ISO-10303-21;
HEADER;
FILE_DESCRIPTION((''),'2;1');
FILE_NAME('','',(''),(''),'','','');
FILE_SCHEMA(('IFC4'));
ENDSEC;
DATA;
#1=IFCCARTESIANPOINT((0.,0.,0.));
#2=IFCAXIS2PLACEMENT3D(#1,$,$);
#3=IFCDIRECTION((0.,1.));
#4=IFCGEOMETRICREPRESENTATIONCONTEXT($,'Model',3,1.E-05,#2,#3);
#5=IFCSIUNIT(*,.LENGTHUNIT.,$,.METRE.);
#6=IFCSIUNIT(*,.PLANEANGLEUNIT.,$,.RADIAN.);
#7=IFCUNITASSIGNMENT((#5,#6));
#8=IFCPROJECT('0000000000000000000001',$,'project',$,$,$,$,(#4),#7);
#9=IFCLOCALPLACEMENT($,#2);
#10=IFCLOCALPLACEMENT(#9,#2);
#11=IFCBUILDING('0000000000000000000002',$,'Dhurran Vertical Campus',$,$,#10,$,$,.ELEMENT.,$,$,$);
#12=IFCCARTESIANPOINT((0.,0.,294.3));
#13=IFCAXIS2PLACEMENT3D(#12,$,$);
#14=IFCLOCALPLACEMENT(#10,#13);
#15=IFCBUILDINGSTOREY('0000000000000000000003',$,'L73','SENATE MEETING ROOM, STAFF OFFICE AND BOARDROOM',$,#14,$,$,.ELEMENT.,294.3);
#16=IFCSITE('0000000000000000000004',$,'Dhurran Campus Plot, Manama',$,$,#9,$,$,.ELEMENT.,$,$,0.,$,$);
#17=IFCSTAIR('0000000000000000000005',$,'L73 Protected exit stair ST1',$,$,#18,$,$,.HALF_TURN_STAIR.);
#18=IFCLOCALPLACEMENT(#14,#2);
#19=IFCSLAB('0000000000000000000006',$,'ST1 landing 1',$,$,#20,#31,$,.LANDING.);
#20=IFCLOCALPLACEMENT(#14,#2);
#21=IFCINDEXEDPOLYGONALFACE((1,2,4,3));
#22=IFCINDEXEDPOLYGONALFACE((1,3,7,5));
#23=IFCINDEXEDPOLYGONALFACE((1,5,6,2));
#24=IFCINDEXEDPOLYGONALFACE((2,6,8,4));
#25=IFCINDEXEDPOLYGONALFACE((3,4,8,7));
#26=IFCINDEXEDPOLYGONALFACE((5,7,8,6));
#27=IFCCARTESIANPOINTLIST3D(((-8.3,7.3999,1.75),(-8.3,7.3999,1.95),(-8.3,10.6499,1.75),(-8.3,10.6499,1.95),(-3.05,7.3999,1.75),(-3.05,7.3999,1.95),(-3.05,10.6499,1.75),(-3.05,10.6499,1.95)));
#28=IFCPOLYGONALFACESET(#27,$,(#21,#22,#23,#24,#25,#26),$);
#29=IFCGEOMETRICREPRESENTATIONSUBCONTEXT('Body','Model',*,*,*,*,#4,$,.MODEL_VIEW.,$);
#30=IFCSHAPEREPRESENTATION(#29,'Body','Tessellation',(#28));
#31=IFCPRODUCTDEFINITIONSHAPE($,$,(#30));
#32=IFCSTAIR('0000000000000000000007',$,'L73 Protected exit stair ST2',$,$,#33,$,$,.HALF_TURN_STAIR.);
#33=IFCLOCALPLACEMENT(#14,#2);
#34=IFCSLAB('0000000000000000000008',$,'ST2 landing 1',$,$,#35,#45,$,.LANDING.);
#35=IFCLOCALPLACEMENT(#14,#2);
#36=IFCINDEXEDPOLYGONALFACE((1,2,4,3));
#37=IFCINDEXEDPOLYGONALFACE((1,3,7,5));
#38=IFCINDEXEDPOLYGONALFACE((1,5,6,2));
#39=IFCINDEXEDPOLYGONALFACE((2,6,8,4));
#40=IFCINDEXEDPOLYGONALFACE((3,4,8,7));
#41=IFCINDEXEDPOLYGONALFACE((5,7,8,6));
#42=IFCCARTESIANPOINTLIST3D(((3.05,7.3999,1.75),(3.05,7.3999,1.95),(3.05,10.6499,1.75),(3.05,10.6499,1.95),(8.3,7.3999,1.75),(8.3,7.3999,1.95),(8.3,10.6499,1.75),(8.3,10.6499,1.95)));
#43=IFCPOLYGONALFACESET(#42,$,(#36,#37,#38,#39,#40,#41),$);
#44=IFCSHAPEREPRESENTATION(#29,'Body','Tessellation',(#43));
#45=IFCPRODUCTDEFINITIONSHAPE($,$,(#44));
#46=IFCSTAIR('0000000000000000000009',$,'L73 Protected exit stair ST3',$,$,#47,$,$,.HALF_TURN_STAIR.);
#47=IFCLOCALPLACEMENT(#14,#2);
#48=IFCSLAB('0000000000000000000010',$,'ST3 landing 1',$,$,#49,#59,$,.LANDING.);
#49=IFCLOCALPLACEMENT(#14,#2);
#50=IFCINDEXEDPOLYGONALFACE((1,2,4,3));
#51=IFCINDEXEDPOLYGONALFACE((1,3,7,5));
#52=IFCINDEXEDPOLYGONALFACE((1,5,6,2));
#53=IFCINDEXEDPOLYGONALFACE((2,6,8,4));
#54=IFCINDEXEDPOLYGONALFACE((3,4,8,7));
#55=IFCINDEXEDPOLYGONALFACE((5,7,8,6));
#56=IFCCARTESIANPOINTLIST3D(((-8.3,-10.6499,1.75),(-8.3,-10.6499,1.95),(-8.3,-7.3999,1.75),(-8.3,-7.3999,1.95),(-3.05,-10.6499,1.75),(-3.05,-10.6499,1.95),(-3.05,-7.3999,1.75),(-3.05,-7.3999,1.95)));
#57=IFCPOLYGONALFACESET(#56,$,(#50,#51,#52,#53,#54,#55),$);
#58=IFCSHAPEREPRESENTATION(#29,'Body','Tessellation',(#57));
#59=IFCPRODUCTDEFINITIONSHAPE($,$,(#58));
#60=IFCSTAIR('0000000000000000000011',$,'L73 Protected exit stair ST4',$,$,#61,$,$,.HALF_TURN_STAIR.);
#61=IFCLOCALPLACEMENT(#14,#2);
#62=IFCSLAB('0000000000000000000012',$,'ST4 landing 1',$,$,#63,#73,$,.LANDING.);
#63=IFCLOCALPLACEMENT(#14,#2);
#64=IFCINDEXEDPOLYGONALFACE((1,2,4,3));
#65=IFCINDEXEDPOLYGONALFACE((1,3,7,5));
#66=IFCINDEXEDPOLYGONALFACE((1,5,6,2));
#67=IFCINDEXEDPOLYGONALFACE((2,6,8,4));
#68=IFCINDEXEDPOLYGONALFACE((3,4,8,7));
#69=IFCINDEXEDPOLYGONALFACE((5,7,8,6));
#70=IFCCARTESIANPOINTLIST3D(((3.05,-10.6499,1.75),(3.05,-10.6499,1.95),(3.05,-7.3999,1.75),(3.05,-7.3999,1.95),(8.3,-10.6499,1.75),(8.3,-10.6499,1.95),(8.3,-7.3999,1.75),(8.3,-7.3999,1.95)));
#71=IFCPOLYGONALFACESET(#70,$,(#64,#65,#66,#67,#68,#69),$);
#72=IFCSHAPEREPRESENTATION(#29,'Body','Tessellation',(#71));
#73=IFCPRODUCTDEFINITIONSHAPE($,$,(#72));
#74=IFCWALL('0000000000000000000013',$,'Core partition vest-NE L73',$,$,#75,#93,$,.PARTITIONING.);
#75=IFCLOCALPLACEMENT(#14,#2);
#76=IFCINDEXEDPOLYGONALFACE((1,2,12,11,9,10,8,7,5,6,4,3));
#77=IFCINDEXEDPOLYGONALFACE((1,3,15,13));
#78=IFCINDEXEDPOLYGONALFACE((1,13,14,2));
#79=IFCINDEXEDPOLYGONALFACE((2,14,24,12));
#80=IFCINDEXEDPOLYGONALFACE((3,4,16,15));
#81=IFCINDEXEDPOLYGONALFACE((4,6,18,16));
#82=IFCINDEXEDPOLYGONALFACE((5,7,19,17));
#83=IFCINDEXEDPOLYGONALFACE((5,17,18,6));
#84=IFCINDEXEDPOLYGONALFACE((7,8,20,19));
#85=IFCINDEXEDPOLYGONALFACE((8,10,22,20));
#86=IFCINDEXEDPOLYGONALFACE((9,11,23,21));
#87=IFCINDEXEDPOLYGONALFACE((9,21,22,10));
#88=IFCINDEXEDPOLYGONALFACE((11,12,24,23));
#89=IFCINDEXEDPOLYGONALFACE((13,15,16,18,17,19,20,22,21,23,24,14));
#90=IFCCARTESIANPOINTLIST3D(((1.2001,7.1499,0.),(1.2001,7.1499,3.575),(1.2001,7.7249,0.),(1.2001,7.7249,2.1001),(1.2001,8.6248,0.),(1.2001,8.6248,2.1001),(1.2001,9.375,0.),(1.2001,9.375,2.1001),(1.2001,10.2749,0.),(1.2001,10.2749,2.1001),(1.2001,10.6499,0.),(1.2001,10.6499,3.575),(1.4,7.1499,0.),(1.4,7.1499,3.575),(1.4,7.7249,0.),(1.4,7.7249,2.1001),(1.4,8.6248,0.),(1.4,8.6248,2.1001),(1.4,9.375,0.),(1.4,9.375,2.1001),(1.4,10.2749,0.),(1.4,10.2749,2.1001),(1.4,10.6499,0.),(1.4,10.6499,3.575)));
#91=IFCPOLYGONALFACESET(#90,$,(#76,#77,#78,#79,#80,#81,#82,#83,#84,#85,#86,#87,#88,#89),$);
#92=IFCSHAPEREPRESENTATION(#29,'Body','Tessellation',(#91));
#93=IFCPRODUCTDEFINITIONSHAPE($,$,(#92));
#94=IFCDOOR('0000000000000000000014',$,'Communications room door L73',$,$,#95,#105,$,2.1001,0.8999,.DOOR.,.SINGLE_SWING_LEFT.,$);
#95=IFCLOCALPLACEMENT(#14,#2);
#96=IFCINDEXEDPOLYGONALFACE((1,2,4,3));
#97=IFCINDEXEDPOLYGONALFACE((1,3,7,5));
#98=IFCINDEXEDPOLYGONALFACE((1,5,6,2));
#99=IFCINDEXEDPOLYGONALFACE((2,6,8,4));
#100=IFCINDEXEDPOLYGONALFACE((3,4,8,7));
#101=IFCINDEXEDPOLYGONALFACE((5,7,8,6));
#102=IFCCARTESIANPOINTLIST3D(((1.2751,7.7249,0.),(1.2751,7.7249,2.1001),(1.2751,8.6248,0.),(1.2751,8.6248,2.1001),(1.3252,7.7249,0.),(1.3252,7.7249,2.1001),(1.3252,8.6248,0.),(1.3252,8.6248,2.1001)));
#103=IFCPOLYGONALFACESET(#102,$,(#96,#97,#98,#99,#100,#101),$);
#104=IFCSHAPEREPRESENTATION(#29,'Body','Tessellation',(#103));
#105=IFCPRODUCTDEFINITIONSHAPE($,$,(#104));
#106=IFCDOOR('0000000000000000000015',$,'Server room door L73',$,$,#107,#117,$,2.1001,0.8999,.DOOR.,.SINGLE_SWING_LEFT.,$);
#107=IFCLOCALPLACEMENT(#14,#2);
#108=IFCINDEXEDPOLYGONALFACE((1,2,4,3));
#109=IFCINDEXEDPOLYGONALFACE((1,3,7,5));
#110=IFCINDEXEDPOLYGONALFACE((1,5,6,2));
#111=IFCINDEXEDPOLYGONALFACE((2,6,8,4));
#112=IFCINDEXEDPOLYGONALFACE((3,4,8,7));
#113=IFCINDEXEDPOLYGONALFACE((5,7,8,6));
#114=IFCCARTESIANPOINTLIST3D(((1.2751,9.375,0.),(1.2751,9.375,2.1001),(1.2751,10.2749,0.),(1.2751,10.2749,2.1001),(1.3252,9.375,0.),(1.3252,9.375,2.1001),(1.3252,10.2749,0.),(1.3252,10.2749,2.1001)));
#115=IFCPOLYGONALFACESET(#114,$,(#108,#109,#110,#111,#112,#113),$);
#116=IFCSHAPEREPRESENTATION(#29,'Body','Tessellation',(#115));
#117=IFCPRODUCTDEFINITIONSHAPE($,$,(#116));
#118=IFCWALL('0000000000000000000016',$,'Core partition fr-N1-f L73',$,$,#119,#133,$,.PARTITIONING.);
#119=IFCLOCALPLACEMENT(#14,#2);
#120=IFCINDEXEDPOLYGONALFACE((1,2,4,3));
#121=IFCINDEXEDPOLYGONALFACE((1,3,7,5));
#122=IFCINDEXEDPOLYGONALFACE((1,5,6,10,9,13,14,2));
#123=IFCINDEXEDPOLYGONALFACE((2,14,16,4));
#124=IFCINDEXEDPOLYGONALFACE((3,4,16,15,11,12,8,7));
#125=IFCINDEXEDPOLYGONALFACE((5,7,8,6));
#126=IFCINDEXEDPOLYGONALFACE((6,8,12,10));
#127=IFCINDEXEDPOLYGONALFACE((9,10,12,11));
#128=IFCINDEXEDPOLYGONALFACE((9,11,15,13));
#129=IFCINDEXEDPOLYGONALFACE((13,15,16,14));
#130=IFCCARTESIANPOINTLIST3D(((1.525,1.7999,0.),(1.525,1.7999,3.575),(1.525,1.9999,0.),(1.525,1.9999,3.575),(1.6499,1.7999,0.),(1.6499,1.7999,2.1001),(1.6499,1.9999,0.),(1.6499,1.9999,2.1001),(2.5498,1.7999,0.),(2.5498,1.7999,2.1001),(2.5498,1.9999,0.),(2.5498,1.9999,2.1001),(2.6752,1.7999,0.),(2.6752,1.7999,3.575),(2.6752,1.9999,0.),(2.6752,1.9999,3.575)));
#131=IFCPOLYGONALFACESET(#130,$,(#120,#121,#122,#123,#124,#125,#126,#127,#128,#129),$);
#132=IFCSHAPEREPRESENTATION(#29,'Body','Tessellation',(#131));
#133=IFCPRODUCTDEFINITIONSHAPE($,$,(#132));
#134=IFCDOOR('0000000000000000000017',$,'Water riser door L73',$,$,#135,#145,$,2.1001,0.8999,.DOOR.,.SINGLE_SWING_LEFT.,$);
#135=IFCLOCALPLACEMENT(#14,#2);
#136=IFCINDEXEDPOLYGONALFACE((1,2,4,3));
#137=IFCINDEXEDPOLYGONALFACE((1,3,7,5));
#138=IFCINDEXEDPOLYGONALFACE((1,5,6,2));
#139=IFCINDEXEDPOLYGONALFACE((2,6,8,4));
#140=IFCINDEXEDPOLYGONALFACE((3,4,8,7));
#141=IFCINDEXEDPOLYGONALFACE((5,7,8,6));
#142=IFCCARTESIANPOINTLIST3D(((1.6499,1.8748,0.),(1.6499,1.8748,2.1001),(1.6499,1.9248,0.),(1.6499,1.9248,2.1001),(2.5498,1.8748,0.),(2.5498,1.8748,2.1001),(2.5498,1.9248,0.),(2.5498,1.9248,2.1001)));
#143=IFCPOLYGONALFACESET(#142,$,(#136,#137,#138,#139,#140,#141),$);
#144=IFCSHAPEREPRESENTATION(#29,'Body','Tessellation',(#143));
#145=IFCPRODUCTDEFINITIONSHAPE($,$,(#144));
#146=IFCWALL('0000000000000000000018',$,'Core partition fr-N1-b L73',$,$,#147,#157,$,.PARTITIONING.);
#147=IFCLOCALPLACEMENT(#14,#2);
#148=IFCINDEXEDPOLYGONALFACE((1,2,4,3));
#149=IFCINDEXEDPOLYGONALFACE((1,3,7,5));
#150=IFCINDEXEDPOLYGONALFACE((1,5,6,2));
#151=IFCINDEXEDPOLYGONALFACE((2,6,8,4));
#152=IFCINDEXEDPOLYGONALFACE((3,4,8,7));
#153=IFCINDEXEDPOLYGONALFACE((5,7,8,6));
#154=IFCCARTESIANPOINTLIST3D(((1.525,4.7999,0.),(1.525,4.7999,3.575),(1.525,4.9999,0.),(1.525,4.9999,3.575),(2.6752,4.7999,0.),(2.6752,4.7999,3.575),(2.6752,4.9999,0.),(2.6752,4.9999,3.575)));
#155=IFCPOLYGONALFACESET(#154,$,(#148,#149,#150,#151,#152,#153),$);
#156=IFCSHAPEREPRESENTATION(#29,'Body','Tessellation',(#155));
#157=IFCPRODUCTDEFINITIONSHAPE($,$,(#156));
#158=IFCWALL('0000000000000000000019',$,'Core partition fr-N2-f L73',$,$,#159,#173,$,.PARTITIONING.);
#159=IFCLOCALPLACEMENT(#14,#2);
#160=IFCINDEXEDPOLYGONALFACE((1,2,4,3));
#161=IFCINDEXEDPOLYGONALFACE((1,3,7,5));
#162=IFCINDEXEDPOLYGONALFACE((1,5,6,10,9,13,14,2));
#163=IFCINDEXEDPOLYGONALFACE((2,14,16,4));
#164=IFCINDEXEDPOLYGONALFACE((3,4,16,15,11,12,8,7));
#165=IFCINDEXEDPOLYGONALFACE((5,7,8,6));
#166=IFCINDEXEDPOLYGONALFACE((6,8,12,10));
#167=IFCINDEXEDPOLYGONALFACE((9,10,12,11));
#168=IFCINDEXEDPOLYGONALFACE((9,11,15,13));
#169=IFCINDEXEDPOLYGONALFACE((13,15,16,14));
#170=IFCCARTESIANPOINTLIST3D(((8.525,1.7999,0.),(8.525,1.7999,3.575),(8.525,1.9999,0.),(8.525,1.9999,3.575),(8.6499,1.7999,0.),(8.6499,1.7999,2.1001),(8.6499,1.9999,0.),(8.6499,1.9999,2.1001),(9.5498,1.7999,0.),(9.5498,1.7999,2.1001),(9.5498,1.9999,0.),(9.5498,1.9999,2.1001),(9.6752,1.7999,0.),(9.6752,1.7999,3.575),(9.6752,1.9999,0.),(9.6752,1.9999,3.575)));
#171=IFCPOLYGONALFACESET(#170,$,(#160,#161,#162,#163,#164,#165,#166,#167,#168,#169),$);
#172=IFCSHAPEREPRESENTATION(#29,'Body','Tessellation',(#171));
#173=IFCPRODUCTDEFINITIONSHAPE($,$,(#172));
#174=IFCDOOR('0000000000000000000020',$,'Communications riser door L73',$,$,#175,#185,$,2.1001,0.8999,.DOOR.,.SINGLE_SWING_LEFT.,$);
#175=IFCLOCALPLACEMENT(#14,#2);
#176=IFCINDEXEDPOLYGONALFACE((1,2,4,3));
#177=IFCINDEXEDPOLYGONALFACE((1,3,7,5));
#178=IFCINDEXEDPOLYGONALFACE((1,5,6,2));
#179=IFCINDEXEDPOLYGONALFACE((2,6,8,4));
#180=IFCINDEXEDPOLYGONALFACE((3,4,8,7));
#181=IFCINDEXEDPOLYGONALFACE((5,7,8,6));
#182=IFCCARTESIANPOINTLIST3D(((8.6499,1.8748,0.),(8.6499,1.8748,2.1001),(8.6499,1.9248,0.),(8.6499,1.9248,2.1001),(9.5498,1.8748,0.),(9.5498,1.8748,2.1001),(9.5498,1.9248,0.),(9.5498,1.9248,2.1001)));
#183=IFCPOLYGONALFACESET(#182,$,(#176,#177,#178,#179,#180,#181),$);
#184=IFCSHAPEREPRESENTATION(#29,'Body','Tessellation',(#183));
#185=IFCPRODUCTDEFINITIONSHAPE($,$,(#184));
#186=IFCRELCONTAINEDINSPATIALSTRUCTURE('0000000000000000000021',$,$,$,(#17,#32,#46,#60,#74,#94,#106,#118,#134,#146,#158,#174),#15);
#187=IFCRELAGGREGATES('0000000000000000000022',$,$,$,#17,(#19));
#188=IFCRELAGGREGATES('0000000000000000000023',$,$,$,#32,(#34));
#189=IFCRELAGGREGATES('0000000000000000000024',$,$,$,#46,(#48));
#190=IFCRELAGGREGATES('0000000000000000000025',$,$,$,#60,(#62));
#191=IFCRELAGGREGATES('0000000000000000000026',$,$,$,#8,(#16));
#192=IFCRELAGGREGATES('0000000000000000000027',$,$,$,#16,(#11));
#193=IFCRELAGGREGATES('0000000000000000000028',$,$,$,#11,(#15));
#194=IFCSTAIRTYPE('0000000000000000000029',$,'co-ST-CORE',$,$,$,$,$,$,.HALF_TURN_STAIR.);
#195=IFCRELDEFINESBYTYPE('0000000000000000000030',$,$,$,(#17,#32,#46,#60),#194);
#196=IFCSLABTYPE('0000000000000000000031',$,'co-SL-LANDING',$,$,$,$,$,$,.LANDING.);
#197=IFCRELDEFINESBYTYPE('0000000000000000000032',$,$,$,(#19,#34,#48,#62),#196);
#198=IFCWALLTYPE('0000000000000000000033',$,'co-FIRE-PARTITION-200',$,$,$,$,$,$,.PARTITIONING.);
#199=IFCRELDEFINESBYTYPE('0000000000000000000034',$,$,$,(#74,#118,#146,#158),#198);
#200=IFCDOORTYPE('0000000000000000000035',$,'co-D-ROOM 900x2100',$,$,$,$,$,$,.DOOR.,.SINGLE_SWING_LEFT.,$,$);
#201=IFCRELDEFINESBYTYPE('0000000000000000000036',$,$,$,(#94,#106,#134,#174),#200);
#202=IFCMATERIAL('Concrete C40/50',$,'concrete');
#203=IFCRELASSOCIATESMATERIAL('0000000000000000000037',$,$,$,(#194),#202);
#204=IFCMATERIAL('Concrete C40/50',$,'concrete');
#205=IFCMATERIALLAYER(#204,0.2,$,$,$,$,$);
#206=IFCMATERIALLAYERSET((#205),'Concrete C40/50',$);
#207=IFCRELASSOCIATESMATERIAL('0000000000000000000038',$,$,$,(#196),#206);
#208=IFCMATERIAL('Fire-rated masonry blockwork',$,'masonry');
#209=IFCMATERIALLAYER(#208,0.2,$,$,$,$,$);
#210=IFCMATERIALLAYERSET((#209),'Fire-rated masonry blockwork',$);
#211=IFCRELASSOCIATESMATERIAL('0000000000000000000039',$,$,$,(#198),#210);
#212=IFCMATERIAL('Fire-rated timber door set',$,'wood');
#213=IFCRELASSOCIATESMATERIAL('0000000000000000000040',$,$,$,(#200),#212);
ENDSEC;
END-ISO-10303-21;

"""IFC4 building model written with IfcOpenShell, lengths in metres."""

from ifc_helpers import new_model, si_unit, direction, frame, frame_2d, origin, place, context, subcontext, project, spatial, polyline, rectangle, outline, extrude, material, layer, layer_set, type_object, element, fill, aggregate, save


model = new_model("IFC4")

# Units and contexts
model_context = context("Model", 3, precision=1e-05, world=origin(), true_north=direction((0.0, 1.0)))
body_context = subcontext(model_context, "Body", "Model", "MODEL_VIEW")
ifc_project = project(units=[si_unit("LENGTHUNIT", "METRE"), si_unit("PLANEANGLEUNIT", "RADIAN")], contexts=[model_context])

# Site, building, storey
site_placement = place(None, origin())
site = spatial("IfcSite", under=ifc_project, at=site_placement, Name="Dhurran Campus Plot, Manama", CompositionType="ELEMENT", RefElevation=0.0)
building_placement = place(site_placement, origin())
building = spatial("IfcBuilding", under=site, at=building_placement, Name="Dhurran Vertical Campus", CompositionType="ELEMENT")
storey_placement = place(building_placement, frame((0.0, 0.0, 294.3)))
storey = spatial("IfcBuildingStorey", under=building, at=storey_placement, Name="L73", Description="SENATE MEETING ROOM, STAFF OFFICE AND BOARDROOM", CompositionType="ELEMENT", Elevation=294.3)

# Stairs, slabs
ifc_material_1 = material(Name="Concrete C40/50", Category="concrete")
stair_type = type_object("IfcStairType", Name="co-ST-CORE", PredefinedType="HALF_TURN_STAIR", material=ifc_material_1)
stair_1_placement = place(storey_placement, origin())
stair_1 = element("IfcStair", 1, at=stair_1_placement, inside=storey, type_object=stair_type, Name="L73 Protected exit stair ST1", PredefinedType="HALF_TURN_STAIR")
ifc_material_2 = material(Name="Concrete C40/50", Category="concrete")
ifc_layer_1 = layer(ifc_material_2, 0.2)
ifc_layer_set_1 = layer_set([ifc_layer_1], Name="Concrete C40/50")
slab_type = type_object("IfcSlabType", Name="co-SL-LANDING", PredefinedType="LANDING", material=ifc_layer_set_1)
slab_1_placement = place(storey_placement, frame((0.0, 0.0, 1.75)))
slab_1 = element("IfcSlab", 2, at=slab_1_placement, type_object=slab_type, Name="ST1 landing 1", PredefinedType="LANDING", context=body_context, shape_type="SweptSolid", body=[
    extrude(outline(polyline([(-8.3, 7.3999), (-3.05, 7.3999), (-3.05, 10.6499), (-8.3, 10.6499), (-8.3, 7.3999)])), origin(), (0.0, 0.0, 1.0), 0.2),
])
aggregate(stair_1, [slab_1])
stair_2_placement = place(storey_placement, origin())
stair_2 = element("IfcStair", 3, at=stair_2_placement, inside=storey, type_object=stair_type, Name="L73 Protected exit stair ST2", PredefinedType="HALF_TURN_STAIR")
slab_2_placement = place(storey_placement, frame((0.0, 0.0, 1.75)))
slab_2 = element("IfcSlab", 4, at=slab_2_placement, type_object=slab_type, Name="ST2 landing 1", PredefinedType="LANDING", context=body_context, shape_type="SweptSolid", body=[
    extrude(outline(polyline([(8.3, 10.6499), (3.05, 10.6499), (3.05, 7.3999), (8.3, 7.3999), (8.3, 10.6499)])), origin(), (0.0, 0.0, 1.0), 0.2),
])
aggregate(stair_2, [slab_2])
stair_3_placement = place(storey_placement, origin())
stair_3 = element("IfcStair", 5, at=stair_3_placement, inside=storey, type_object=stair_type, Name="L73 Protected exit stair ST3", PredefinedType="HALF_TURN_STAIR")
slab_3_placement = place(storey_placement, frame((0.0, 0.0, 1.75)))
slab_3 = element("IfcSlab", 6, at=slab_3_placement, type_object=slab_type, Name="ST3 landing 1", PredefinedType="LANDING", context=body_context, shape_type="SweptSolid", body=[
    extrude(outline(polyline([(-8.3, -10.6499), (-3.05, -10.6499), (-3.05, -7.3999), (-8.3, -7.3999), (-8.3, -10.6499)])), origin(), (0.0, 0.0, 1.0), 0.2),
])
aggregate(stair_3, [slab_3])
stair_4_placement = place(storey_placement, origin())
stair_4 = element("IfcStair", 7, at=stair_4_placement, inside=storey, type_object=stair_type, Name="L73 Protected exit stair ST4", PredefinedType="HALF_TURN_STAIR")
slab_4_placement = place(storey_placement, frame((0.0, 0.0, 1.75)))
slab_4 = element("IfcSlab", 8, at=slab_4_placement, type_object=slab_type, Name="ST4 landing 1", PredefinedType="LANDING", context=body_context, shape_type="SweptSolid", body=[
    extrude(outline(polyline([(8.3, -7.3999), (3.05, -7.3999), (3.05, -10.6499), (8.3, -10.6499), (8.3, -7.3999)])), origin(), (0.0, 0.0, 1.0), 0.2),
])
aggregate(stair_4, [slab_4])

# Wall, openings, doors
ifc_material_3 = material(Name="Fire-rated masonry blockwork", Category="masonry")
ifc_layer_2 = layer(ifc_material_3, 0.2)
ifc_layer_set_2 = layer_set([ifc_layer_2], Name="Fire-rated masonry blockwork")
wall_type_1 = type_object("IfcWallType", Name="co-FIRE-PARTITION-200", PredefinedType="PARTITIONING", material=ifc_layer_set_2)
wall_1_placement = place(storey_placement, frame((1.3, 7.1499, 0.0), z_axis=(0.0, 0.0, 1.0), x_axis=(0.0, 1.0, 0.0)))
wall_1 = element("IfcWall", 9, at=wall_1_placement, inside=storey, type_object=wall_type_1, Name="Core partition vest-NE L73", PredefinedType="PARTITIONING", context=body_context, shape_type="SweptSolid", body=[
    extrude(rectangle(XDim=3.5, YDim=0.2, at=frame_2d((1.75, 0.0))), origin(), (0.0, 0.0, 1.0), 3.575),
])
opening_1_placement = place(wall_1_placement, frame((0.575, 0.0, 0.0)))
opening_1 = element("IfcOpeningElement", 10, at=opening_1_placement, cuts=wall_1, PredefinedType="OPENING", context=body_context, shape_type="SweptSolid", body=[
    extrude(rectangle(XDim=0.8999, YDim=2.1001, at=frame_2d((0.45, 1.05))), frame((0.0, 0.1099, 0.0), z_axis=(0.0, -1.0, 0.0), x_axis=(1.0, 0.0, 0.0)), (0.0, 0.0, 1.0), 0.22),
])
opening_2_placement = place(wall_1_placement, frame((2.2251, 0.0, 0.0)))
opening_2 = element("IfcOpeningElement", 11, at=opening_2_placement, cuts=wall_1, PredefinedType="OPENING", context=body_context, shape_type="SweptSolid", body=[
    extrude(rectangle(XDim=0.8999, YDim=2.1001, at=frame_2d((0.45, 1.05))), frame((0.0, 0.1099, 0.0), z_axis=(0.0, -1.0, 0.0), x_axis=(1.0, 0.0, 0.0)), (0.0, 0.0, 1.0), 0.22),
])
ifc_material_4 = material(Name="Fire-rated timber door set", Category="wood")
door_type_1 = type_object("IfcDoorType", Name="co-D-ROOM 900x2100", OperationType="SINGLE_SWING_LEFT", PredefinedType="DOOR", material=ifc_material_4)
door_1_placement = place(opening_1_placement, origin())
door_1 = element("IfcDoor", 12, at=door_1_placement, inside=storey, type_object=door_type_1, Name="Communications room door L73", OperationType="SINGLE_SWING_LEFT", OverallHeight=2.1001, OverallWidth=0.8999, PredefinedType="DOOR", context=body_context, shape_type="SweptSolid", body=[
    extrude(rectangle(XDim=0.8999, YDim=2.1001, at=frame_2d((0.45, 1.05))), frame((0.0, 0.0249, 0.0), z_axis=(0.0, -1.0, 0.0), x_axis=(1.0, 0.0, 0.0)), (0.0, 0.0, 1.0), 0.05),
])
fill(opening_1, door_1)
door_2_placement = place(opening_2_placement, origin())
door_2 = element("IfcDoor", 13, at=door_2_placement, inside=storey, type_object=door_type_1, Name="Server room door L73", OperationType="SINGLE_SWING_LEFT", OverallHeight=2.1001, OverallWidth=0.8999, PredefinedType="DOOR", context=body_context, shape_type="SweptSolid", body=[
    extrude(rectangle(XDim=0.8999, YDim=2.1001, at=frame_2d((0.45, 1.05))), frame((0.0, 0.0249, 0.0), z_axis=(0.0, -1.0, 0.0), x_axis=(1.0, 0.0, 0.0)), (0.0, 0.0, 1.0), 0.05),
])
fill(opening_2, door_2)

# Wall, opening, door
wall_2_placement = place(storey_placement, frame((1.5249, 1.8999, 0.0), z_axis=(0.0, 0.0, 1.0), x_axis=(1.0, 0.0, 0.0)))
wall_2 = element("IfcWall", 14, at=wall_2_placement, inside=storey, type_object=wall_type_1, Name="Core partition fr-N1-f L73", PredefinedType="PARTITIONING", context=body_context, shape_type="SweptSolid", body=[
    extrude(rectangle(XDim=1.1501, YDim=0.2, at=frame_2d((0.5752, 0.0))), origin(), (0.0, 0.0, 1.0), 3.575),
])
opening_3_placement = place(wall_2_placement, frame((0.125, 0.0, 0.0)))
opening_3 = element("IfcOpeningElement", 15, at=opening_3_placement, cuts=wall_2, PredefinedType="OPENING", context=body_context, shape_type="SweptSolid", body=[
    extrude(rectangle(XDim=0.8999, YDim=2.1001, at=frame_2d((0.45, 1.05))), frame((0.0, 0.1099, 0.0), z_axis=(0.0, -1.0, 0.0), x_axis=(1.0, 0.0, 0.0)), (0.0, 0.0, 1.0), 0.22),
])
door_3_placement = place(opening_3_placement, origin())
door_3 = element("IfcDoor", 16, at=door_3_placement, inside=storey, type_object=door_type_1, Name="Water riser door L73", OperationType="SINGLE_SWING_LEFT", OverallHeight=2.1001, OverallWidth=0.8999, PredefinedType="DOOR", context=body_context, shape_type="SweptSolid", body=[
    extrude(rectangle(XDim=0.8999, YDim=2.1001, at=frame_2d((0.45, 1.05))), frame((0.0, 0.0249, 0.0), z_axis=(0.0, -1.0, 0.0), x_axis=(1.0, 0.0, 0.0)), (0.0, 0.0, 1.0), 0.05),
])
fill(opening_3, door_3)

# Wall
wall_3_placement = place(storey_placement, frame((1.5249, 4.8999, 0.0), z_axis=(0.0, 0.0, 1.0), x_axis=(1.0, 0.0, 0.0)))
element("IfcWall", 17, at=wall_3_placement, inside=storey, type_object=wall_type_1, Name="Core partition fr-N1-b L73", PredefinedType="PARTITIONING", context=body_context, shape_type="SweptSolid", body=[
    extrude(rectangle(XDim=1.1501, YDim=0.2, at=frame_2d((0.5752, 0.0))), origin(), (0.0, 0.0, 1.0), 3.575),
])

# Wall, opening, door
wall_4_placement = place(storey_placement, frame((8.5249, 1.8999, 0.0), z_axis=(0.0, 0.0, 1.0), x_axis=(1.0, 0.0, 0.0)))
wall_4 = element("IfcWall", 18, at=wall_4_placement, inside=storey, type_object=wall_type_1, Name="Core partition fr-N2-f L73", PredefinedType="PARTITIONING", context=body_context, shape_type="SweptSolid", body=[
    extrude(rectangle(XDim=1.1501, YDim=0.2, at=frame_2d((0.5752, 0.0))), origin(), (0.0, 0.0, 1.0), 3.575),
])
opening_4_placement = place(wall_4_placement, frame((0.125, 0.0, 0.0)))
opening_4 = element("IfcOpeningElement", 19, at=opening_4_placement, cuts=wall_4, PredefinedType="OPENING", context=body_context, shape_type="SweptSolid", body=[
    extrude(rectangle(XDim=0.8999, YDim=2.1001, at=frame_2d((0.45, 1.05))), frame((0.0, 0.1099, 0.0), z_axis=(0.0, -1.0, 0.0), x_axis=(1.0, 0.0, 0.0)), (0.0, 0.0, 1.0), 0.22),
])
door_4_placement = place(opening_4_placement, origin())
door_4 = element("IfcDoor", 20, at=door_4_placement, inside=storey, type_object=door_type_1, Name="Communications riser door L73", OperationType="SINGLE_SWING_LEFT", OverallHeight=2.1001, OverallWidth=0.8999, PredefinedType="DOOR", context=body_context, shape_type="SweptSolid", body=[
    extrude(rectangle(XDim=0.8999, YDim=2.1001, at=frame_2d((0.45, 1.05))), frame((0.0, 0.0249, 0.0), z_axis=(0.0, -1.0, 0.0), x_axis=(1.0, 0.0, 0.0)), (0.0, 0.0, 1.0), 0.05),
])
fill(opening_4, door_4)

save(model, "model.ifc")
